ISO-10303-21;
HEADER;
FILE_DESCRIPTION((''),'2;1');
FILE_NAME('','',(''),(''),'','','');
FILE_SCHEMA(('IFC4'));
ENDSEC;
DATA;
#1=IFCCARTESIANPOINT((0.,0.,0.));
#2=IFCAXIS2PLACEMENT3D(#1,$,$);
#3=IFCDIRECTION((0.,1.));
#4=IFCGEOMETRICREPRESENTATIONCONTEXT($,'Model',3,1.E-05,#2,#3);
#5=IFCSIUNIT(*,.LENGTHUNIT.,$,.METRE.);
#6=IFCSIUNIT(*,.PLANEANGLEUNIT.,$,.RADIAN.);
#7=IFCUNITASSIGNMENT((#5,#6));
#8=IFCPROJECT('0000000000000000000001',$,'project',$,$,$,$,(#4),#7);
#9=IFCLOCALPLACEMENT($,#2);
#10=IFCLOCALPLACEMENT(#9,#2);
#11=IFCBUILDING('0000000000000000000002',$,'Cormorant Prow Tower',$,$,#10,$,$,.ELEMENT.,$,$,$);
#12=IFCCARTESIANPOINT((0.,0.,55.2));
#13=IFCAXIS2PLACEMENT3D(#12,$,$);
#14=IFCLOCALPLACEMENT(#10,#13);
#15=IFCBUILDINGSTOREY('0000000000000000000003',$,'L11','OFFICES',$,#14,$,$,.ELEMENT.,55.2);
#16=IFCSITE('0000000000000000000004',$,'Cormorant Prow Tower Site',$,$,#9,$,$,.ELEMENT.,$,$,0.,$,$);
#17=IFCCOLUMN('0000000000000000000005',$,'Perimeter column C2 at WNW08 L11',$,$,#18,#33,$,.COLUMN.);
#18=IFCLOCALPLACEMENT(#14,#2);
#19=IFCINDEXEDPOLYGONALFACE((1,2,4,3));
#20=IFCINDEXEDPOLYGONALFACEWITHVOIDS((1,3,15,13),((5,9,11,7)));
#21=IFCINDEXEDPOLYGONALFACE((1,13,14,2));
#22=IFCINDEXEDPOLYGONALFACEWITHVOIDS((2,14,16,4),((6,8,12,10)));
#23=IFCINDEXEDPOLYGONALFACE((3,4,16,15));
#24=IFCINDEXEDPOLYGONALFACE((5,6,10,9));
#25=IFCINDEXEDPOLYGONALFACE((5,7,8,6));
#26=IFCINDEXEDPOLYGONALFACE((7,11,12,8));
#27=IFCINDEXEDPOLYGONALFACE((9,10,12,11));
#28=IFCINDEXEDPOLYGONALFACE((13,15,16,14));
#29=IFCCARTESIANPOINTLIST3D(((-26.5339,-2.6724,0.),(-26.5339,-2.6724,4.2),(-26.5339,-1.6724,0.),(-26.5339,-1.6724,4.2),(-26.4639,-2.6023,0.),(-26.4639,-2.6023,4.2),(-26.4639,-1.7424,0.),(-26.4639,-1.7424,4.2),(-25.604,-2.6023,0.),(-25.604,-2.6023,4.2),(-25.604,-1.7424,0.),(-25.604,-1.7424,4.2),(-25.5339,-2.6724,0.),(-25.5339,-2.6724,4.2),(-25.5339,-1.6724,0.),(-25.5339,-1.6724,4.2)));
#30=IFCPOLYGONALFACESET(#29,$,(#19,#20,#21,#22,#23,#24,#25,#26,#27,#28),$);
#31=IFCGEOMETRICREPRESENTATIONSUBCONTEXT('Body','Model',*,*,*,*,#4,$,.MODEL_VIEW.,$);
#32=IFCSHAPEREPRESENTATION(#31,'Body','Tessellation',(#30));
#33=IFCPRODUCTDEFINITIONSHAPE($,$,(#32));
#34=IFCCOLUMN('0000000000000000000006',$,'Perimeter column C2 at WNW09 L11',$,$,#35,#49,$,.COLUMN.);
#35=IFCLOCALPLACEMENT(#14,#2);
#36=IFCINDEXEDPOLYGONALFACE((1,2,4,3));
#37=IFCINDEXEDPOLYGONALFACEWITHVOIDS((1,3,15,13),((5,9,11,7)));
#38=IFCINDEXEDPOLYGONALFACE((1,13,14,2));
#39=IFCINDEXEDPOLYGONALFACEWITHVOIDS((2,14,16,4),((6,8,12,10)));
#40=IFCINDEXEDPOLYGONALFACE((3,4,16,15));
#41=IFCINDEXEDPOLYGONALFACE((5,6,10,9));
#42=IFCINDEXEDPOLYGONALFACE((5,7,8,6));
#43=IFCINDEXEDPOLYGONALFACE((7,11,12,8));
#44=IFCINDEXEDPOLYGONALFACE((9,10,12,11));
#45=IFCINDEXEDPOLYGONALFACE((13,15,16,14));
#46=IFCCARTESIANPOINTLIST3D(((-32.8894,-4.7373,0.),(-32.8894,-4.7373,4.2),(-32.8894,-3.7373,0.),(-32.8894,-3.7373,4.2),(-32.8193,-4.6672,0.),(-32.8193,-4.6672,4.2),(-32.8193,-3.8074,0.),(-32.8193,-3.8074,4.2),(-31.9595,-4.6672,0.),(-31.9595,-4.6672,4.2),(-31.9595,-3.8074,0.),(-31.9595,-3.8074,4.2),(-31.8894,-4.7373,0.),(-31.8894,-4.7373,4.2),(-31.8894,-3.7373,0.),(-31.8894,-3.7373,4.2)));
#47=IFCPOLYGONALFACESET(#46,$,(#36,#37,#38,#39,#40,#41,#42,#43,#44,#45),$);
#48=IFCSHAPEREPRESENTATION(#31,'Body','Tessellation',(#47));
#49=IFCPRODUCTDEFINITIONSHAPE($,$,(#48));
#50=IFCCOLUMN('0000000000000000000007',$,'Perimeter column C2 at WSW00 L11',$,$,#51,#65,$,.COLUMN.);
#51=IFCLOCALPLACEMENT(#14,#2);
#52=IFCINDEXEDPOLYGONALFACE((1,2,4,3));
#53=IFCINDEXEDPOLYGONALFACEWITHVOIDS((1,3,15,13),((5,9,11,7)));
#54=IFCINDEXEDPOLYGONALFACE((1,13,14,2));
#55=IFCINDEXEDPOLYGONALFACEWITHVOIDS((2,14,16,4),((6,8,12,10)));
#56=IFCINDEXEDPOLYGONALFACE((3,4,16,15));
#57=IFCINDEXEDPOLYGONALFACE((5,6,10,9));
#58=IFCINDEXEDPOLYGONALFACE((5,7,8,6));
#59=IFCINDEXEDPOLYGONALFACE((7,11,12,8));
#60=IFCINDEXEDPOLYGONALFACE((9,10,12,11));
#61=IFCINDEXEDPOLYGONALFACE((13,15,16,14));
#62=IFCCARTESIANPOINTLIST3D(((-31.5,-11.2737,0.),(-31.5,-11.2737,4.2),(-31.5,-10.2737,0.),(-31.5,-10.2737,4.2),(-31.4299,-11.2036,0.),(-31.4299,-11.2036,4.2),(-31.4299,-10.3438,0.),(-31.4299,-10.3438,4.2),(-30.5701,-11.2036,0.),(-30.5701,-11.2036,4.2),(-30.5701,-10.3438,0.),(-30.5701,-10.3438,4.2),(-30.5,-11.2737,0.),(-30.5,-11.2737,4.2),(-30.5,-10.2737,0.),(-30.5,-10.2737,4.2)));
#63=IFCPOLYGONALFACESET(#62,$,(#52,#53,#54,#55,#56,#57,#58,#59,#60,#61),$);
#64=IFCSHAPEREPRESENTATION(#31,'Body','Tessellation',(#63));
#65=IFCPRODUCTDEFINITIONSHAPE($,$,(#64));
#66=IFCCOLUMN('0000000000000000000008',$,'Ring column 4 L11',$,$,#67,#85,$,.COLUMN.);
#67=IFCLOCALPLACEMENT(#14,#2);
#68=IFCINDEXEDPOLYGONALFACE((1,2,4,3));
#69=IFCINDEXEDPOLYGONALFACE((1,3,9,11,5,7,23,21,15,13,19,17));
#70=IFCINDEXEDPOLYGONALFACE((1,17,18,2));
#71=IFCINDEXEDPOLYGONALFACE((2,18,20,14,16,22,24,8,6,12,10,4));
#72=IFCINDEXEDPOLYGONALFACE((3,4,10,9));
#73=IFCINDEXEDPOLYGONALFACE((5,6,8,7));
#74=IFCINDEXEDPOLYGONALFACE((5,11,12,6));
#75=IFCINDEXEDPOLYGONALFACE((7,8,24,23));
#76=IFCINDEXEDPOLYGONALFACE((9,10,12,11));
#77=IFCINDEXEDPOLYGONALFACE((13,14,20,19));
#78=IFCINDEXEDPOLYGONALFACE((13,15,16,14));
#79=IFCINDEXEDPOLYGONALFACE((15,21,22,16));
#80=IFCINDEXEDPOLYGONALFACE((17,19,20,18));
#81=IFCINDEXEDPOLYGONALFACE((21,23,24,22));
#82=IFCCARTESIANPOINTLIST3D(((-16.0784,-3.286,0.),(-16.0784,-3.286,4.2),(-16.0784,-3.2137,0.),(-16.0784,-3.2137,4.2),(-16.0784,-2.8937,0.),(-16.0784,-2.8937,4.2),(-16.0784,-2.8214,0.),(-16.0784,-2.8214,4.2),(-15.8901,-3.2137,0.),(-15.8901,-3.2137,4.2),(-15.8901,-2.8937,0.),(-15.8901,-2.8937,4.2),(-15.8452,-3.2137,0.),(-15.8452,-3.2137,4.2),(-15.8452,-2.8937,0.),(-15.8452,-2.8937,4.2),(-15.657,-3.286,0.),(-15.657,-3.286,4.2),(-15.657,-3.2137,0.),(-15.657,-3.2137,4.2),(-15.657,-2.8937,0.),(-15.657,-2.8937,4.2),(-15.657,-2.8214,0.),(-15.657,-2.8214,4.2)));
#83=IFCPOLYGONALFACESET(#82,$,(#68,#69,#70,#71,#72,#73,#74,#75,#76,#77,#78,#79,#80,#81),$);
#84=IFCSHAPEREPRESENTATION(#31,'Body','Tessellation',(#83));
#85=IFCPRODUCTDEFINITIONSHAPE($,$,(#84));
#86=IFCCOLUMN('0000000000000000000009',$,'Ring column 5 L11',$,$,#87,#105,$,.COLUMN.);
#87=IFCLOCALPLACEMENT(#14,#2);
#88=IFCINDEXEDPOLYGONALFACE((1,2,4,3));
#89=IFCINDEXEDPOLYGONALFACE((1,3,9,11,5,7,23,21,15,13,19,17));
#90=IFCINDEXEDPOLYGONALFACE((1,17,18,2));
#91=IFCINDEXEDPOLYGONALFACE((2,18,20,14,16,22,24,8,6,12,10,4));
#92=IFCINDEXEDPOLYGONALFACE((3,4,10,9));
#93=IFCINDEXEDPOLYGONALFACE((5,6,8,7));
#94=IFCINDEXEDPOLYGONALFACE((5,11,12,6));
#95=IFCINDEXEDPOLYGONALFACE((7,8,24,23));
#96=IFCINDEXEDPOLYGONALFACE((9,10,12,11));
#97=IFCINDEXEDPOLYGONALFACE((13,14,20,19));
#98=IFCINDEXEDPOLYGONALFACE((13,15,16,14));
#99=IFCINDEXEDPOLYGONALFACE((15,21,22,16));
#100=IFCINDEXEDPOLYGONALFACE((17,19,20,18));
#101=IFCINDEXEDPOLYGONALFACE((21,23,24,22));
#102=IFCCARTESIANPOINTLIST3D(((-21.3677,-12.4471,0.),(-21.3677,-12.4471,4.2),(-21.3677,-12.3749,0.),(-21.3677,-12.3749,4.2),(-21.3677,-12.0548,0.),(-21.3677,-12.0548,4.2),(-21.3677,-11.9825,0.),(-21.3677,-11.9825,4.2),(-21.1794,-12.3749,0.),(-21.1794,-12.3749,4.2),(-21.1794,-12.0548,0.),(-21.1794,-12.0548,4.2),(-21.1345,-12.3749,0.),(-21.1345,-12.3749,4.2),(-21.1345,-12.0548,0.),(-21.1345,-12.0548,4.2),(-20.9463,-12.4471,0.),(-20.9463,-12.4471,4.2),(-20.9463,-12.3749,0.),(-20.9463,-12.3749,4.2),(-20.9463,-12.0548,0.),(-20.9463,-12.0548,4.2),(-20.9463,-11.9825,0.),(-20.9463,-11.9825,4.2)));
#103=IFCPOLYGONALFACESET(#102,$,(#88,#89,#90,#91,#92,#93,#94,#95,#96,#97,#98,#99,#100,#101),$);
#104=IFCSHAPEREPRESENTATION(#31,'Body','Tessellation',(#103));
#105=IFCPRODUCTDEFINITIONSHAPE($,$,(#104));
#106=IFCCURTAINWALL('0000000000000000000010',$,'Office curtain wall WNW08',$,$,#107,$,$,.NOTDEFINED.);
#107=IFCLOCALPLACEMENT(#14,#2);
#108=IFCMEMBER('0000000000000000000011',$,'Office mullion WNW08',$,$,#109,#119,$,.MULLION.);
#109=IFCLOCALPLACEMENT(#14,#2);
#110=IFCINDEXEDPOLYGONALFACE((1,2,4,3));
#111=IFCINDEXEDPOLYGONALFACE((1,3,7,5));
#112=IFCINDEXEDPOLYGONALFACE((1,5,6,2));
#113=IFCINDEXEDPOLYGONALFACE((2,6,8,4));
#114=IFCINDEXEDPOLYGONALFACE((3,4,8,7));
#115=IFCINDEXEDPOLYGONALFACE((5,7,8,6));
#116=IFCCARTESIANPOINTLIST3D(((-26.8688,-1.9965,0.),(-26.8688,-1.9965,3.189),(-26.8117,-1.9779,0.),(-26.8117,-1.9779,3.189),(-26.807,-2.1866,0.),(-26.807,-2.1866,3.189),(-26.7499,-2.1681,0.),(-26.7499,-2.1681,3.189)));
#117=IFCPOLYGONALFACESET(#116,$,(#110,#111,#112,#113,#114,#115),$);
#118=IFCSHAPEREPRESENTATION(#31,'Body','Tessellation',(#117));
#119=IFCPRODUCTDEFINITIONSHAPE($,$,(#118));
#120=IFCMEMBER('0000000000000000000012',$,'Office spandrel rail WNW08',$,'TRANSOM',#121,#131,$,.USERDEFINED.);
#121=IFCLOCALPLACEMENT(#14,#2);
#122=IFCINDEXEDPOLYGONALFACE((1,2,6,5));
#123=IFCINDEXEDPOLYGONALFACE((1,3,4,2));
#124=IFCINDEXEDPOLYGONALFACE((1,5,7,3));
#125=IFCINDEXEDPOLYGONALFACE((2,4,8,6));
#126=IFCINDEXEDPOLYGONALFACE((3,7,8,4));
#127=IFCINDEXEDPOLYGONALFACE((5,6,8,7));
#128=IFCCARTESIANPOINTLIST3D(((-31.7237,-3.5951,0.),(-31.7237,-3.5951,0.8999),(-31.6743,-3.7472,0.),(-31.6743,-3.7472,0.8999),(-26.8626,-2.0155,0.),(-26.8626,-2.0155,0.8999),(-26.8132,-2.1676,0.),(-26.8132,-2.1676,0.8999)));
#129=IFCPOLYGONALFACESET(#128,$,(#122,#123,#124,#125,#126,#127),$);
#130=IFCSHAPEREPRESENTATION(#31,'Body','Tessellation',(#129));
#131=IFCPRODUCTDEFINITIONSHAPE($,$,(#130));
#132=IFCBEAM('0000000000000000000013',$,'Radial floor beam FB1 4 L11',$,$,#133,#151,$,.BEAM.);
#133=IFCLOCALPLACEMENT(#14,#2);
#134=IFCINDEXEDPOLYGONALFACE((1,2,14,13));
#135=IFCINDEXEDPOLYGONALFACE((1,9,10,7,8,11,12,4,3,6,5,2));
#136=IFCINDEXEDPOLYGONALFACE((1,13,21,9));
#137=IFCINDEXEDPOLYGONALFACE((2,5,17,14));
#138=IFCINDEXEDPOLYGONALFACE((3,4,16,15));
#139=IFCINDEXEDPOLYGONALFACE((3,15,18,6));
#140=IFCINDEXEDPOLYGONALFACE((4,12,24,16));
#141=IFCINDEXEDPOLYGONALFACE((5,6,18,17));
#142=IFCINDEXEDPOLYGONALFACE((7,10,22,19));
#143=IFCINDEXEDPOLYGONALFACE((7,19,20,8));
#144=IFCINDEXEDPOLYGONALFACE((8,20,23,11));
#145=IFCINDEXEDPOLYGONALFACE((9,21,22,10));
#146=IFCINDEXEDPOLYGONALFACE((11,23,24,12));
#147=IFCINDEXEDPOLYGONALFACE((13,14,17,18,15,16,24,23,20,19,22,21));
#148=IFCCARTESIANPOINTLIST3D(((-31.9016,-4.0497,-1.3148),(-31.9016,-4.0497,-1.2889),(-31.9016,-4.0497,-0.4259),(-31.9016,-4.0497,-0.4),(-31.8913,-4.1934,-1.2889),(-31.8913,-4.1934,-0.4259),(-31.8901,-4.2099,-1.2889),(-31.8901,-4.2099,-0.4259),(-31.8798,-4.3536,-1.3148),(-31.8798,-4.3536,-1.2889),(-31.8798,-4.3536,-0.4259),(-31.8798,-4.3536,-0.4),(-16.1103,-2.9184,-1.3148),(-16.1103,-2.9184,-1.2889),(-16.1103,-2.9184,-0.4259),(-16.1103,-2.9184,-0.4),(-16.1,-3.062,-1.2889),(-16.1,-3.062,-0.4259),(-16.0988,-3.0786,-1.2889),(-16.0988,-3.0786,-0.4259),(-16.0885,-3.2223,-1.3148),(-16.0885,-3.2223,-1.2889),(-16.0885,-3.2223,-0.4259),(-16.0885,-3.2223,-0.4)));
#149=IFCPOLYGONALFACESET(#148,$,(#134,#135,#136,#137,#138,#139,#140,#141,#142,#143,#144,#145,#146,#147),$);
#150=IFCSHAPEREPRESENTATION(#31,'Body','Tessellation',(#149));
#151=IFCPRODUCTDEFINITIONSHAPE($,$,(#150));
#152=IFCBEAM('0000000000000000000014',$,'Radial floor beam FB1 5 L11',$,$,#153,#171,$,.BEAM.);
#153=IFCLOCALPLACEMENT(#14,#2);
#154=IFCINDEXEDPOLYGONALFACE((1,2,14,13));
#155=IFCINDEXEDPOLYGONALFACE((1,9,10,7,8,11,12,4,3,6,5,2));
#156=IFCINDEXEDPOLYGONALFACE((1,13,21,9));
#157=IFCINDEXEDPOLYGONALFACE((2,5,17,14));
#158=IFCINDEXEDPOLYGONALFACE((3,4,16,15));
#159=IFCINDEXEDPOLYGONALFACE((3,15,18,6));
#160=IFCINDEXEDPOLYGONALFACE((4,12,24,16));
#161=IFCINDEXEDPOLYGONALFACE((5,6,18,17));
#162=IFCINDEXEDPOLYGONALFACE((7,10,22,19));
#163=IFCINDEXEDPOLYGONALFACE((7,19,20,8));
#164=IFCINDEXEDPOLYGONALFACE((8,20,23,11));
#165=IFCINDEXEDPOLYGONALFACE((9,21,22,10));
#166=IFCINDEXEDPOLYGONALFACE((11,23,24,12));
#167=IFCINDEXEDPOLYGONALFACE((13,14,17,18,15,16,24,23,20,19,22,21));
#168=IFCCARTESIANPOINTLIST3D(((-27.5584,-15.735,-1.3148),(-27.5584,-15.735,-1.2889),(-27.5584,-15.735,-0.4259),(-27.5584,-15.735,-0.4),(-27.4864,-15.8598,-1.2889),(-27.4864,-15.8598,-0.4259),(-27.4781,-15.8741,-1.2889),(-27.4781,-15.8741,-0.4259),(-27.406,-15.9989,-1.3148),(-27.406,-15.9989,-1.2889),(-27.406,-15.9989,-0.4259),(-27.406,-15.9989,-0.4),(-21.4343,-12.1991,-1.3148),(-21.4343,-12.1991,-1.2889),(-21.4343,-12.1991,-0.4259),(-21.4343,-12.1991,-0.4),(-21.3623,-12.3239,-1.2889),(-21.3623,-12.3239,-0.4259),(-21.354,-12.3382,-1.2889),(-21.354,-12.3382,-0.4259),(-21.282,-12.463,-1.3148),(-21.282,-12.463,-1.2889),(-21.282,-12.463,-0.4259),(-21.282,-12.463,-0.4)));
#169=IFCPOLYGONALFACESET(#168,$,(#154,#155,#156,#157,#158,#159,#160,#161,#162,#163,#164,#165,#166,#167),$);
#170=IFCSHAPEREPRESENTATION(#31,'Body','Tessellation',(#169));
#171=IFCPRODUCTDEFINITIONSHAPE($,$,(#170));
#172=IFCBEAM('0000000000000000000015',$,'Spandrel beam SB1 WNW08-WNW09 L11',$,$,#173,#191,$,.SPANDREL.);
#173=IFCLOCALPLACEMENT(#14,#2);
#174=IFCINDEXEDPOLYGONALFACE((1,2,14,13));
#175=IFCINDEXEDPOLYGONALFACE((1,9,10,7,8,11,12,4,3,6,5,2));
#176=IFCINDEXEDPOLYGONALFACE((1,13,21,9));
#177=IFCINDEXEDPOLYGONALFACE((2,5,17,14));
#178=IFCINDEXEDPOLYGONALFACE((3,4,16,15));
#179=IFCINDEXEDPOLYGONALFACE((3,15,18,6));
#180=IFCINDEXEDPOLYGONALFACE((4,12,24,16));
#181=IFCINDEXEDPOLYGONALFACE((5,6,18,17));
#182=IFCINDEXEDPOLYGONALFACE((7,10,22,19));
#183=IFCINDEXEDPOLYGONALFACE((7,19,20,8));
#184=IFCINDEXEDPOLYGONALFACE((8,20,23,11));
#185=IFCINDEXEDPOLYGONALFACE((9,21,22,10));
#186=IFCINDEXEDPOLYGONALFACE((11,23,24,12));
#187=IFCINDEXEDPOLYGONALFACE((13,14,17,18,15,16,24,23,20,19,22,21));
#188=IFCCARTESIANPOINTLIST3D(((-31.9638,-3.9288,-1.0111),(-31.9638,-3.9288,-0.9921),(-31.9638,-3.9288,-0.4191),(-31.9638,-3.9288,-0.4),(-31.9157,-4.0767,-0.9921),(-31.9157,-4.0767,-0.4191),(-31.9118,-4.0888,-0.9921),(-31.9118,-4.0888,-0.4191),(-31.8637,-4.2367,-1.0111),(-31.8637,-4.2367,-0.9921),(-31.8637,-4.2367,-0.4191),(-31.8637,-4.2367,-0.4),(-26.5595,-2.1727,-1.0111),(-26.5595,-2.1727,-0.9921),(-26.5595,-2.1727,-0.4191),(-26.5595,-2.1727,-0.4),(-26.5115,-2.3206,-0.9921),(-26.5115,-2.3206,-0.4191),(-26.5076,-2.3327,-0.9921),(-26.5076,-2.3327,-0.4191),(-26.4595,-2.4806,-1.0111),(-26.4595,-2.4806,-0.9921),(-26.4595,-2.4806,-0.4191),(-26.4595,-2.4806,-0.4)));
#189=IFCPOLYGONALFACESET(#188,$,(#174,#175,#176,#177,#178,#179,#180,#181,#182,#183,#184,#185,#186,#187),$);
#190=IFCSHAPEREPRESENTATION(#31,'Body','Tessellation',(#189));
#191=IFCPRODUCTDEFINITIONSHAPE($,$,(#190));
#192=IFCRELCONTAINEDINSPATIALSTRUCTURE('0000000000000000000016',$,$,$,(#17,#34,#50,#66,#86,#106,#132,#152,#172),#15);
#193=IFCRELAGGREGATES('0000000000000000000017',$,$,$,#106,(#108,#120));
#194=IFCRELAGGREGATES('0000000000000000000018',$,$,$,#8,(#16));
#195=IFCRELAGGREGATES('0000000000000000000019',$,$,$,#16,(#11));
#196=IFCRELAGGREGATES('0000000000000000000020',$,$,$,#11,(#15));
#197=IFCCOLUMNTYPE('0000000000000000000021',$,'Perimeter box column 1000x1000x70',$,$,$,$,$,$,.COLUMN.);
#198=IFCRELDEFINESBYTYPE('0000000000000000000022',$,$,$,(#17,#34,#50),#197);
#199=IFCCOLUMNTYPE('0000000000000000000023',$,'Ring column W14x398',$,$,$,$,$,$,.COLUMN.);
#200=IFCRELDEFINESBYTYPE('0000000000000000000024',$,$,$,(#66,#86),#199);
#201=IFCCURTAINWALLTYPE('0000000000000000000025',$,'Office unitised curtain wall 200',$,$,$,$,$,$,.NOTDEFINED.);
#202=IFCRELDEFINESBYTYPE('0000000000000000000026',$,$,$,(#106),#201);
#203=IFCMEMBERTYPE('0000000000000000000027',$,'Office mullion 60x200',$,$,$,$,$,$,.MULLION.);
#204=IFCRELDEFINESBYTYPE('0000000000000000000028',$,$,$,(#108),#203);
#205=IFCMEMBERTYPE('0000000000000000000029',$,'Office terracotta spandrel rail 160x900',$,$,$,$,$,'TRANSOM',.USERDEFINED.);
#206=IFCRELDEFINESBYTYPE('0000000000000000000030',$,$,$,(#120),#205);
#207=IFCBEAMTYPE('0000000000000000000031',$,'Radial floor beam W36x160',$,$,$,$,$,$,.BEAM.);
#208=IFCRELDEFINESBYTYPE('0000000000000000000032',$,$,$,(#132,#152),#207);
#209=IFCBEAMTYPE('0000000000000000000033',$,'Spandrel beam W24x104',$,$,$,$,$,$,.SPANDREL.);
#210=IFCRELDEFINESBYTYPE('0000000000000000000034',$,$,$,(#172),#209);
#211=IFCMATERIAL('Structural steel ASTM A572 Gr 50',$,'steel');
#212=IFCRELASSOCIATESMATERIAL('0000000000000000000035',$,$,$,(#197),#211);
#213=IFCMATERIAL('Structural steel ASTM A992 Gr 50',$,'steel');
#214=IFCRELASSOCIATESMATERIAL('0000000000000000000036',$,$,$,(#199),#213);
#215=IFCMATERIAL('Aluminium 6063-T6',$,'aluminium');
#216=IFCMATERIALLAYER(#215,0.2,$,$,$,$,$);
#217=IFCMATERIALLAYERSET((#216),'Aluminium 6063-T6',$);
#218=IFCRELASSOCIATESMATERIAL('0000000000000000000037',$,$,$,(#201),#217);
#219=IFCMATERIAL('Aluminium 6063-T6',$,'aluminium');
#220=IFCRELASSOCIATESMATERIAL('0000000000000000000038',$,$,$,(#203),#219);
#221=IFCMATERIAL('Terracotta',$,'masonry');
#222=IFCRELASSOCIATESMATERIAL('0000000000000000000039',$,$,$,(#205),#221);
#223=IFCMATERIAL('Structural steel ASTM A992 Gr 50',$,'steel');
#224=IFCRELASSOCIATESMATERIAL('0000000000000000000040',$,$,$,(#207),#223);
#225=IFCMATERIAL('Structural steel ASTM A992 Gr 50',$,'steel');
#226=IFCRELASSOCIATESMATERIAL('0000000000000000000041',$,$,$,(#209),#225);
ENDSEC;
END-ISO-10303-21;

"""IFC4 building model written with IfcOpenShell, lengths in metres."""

from ifc_helpers import new_model, si_unit, direction, frame, origin, origin_2d, place, context, subcontext, project, spatial, rectangle, hollow_rectangle, i_section, extrude, material, layer, layer_set, material_profile, profile_set, type_object, element, aggregate, save


model = new_model("IFC4")

# Units and contexts
model_context = context("Model", 3, precision=1e-05, world=origin(), true_north=direction((0.0, 1.0)))
body_context = subcontext(model_context, "Body", "Model", "MODEL_VIEW")
ifc_project = project(units=[si_unit("LENGTHUNIT", "METRE"), si_unit("PLANEANGLEUNIT", "RADIAN")], contexts=[model_context])

# Site, building, storey
site_placement = place(None, origin())
site = spatial("IfcSite", under=ifc_project, at=site_placement, Name="Cormorant Prow Tower Site", CompositionType="ELEMENT", RefElevation=0.0)
building_placement = place(site_placement, origin())
building = spatial("IfcBuilding", under=site, at=building_placement, Name="Cormorant Prow Tower", CompositionType="ELEMENT")
storey_placement = place(building_placement, frame((0.0, 0.0, 55.2)))
storey = spatial("IfcBuildingStorey", under=building, at=storey_placement, Name="L11", Description="OFFICES", CompositionType="ELEMENT", Elevation=55.2)

# Columns
ifc_material_1 = material(Name="Structural steel ASTM A572 Gr 50", Category="steel")
ifc_material_profile_1 = material_profile(ifc_material_1, hollow_rectangle(XDim=1.0, YDim=1.0, WallThickness=0.0701, at=origin_2d()), Name="Box 1000x1000x70")
ifc_profile_set_1 = profile_set([ifc_material_profile_1], Name="Structural steel ASTM A572 Gr 50")
column_type_1 = type_object("IfcColumnType", Name="Perimeter box column 1000x1000x70", PredefinedType="COLUMN", material=ifc_profile_set_1)
for number, where, z_axis, x_axis, name in (
    (1, (-26.0339, -2.1724, 0.0), (0.0, 0.0, 1.0), (1.0, 0.0, 0.0), "Perimeter column C2 at WNW08 L11"),
    (2, (-32.3894, -4.2373, 0.0), (0.0, 0.0, 1.0), (1.0, 0.0, 0.0), "Perimeter column C2 at WNW09 L11"),
    (3, (-31.0, -10.7737, 0.0), (0.0, 0.0, 1.0), (1.0, 0.0, 0.0), "Perimeter column C2 at WSW00 L11"),
):
    element("IfcColumn", number, at=place(storey_placement, frame(where, z_axis=z_axis, x_axis=x_axis)), inside=storey, type_object=column_type_1, Name=name, PredefinedType="COLUMN", context=body_context, shape_type="SweptSolid", body=[
        extrude(hollow_rectangle(XDim=1.0, YDim=1.0, WallThickness=0.0701, at=origin_2d()), origin(), (0.0, 0.0, 1.0), 4.2),
    ])
ifc_material_2 = material(Name="Structural steel ASTM A992 Gr 50", Category="steel")
ifc_material_profile_2 = material_profile(ifc_material_2, i_section(OverallWidth=0.4214, OverallDepth=0.4646, WebThickness=0.0449, FlangeThickness=0.0723, at=origin_2d()), Name="W14x398")
ifc_profile_set_2 = profile_set([ifc_material_profile_2], Name="Structural steel ASTM A992 Gr 50")
column_type_2 = type_object("IfcColumnType", Name="Ring column W14x398", PredefinedType="COLUMN", material=ifc_profile_set_2)
for number, where, z_axis, x_axis, name in (
    (4, (-15.8677, -3.0537, 0.0), (0.0, 0.0, 1.0), (1.0, 0.0, 0.0), "Ring column 4 L11"),
    (5, (-21.157, -12.2148, 0.0), (0.0, 0.0, 1.0), (1.0, 0.0, 0.0), "Ring column 5 L11"),
):
    element("IfcColumn", number, at=place(storey_placement, frame(where, z_axis=z_axis, x_axis=x_axis)), inside=storey, type_object=column_type_2, Name=name, PredefinedType="COLUMN", context=body_context, shape_type="SweptSolid", body=[
        extrude(i_section(OverallWidth=0.4214, OverallDepth=0.4646, WebThickness=0.0449, FlangeThickness=0.0723, at=origin_2d()), origin(), (0.0, 0.0, 1.0), 4.2),
    ])

# Curtain wall, members
ifc_material_3 = material(Name="Aluminium 6063-T6", Category="aluminium")
ifc_layer_1 = layer(ifc_material_3, 0.2)
ifc_layer_set_1 = layer_set([ifc_layer_1], Name="Aluminium 6063-T6")
curtain_wall_type = type_object("IfcCurtainWallType", Name="Office unitised curtain wall 200", PredefinedType="NOTDEFINED", material=ifc_layer_set_1)
curtain_wall_placement = place(storey_placement, origin())
curtain_wall = element("IfcCurtainWall", 6, at=curtain_wall_placement, inside=storey, type_object=curtain_wall_type, Name="Office curtain wall WNW08", PredefinedType="NOTDEFINED")
ifc_material_4 = material(Name="Aluminium 6063-T6", Category="aluminium")
ifc_material_profile_3 = material_profile(ifc_material_4, rectangle(XDim=0.2, YDim=0.0601, at=origin_2d()), Name="Office mullion 60x200")
ifc_profile_set_3 = profile_set([ifc_material_profile_3], Name="Aluminium 6063-T6")
member_type_1 = type_object("IfcMemberType", Name="Office mullion 60x200", PredefinedType="MULLION", material=ifc_profile_set_3)
member_1_placement = place(storey_placement, frame((-26.8093, -2.0823, 0.0), z_axis=(0.0, 0.0, 1.0), x_axis=(0.309017, -0.951057, 0.0)))
member_1 = element("IfcMember", 7, at=member_1_placement, type_object=member_type_1, Name="Office mullion WNW08", PredefinedType="MULLION", context=body_context, shape_type="SweptSolid", body=[
    extrude(rectangle(XDim=0.2, YDim=0.0601, at=origin_2d()), origin(), (0.0, 0.0, 1.0), 3.189),
])
ifc_material_5 = material(Name="Terracotta", Category="masonry")
ifc_material_profile_4 = material_profile(ifc_material_5, rectangle(XDim=0.1599, YDim=0.8999, at=origin_2d()), Name="Office terracotta spandrel rail 160x900")
ifc_profile_set_4 = profile_set([ifc_material_profile_4], Name="Terracotta")
member_type_2 = type_object("IfcMemberType", Name="Office terracotta spandrel rail 160x900", ElementType="TRANSOM", PredefinedType="USERDEFINED", material=ifc_profile_set_4)
member_2_placement = place(storey_placement, frame((-26.8379, -2.0916, 0.45), z_axis=(-0.951049, -0.30904, 0.0), x_axis=(0.30904, -0.951049, 0.0)))
member_2 = element("IfcMember", 8, at=member_2_placement, type_object=member_type_2, Name="Office spandrel rail WNW08", ObjectType="TRANSOM", PredefinedType="USERDEFINED", context=body_context, shape_type="SweptSolid", body=[
    extrude(rectangle(XDim=0.1599, YDim=0.8999, at=origin_2d()), origin(), (0.0, 0.0, 1.0), 5.1113),
])

# Beams
ifc_material_6 = material(Name="Structural steel ASTM A992 Gr 50", Category="steel")
ifc_material_profile_5 = material_profile(ifc_material_6, i_section(OverallWidth=0.3047, OverallDepth=0.9148, WebThickness=0.0166, FlangeThickness=0.0259, at=origin_2d()), Name="W36x160")
ifc_profile_set_5 = profile_set([ifc_material_profile_5], Name="Structural steel ASTM A992 Gr 50")
beam_type_1 = type_object("IfcBeamType", Name="Radial floor beam W36x160", PredefinedType="BEAM", material=ifc_profile_set_5)
beam_1_placement = place(storey_placement, frame((-16.0994, -3.0703, -0.8574), z_axis=(-0.997443, -0.071461, 0.0), x_axis=(0.071461, -0.997443, 0.0)))
element("IfcBeam", 9, at=beam_1_placement, inside=storey, type_object=beam_type_1, Name="Radial floor beam FB1 4 L11", PredefinedType="BEAM", context=body_context, shape_type="SweptSolid", body=[
    extrude(i_section(OverallWidth=0.3047, OverallDepth=0.9148, WebThickness=0.0166, FlangeThickness=0.0259, at=origin_2d()), origin(), (0.0, 0.0, 1.0), 15.8318),
])
beam_2_placement = place(storey_placement, frame((-21.3582, -12.3311, -0.8574), z_axis=(-0.866014, -0.500019, 0.0), x_axis=(0.500019, -0.866014, 0.0)))
element("IfcBeam", 10, at=beam_2_placement, inside=storey, type_object=beam_type_1, Name="Radial floor beam FB1 5 L11", PredefinedType="BEAM", context=body_context, shape_type="SweptSolid", body=[
    extrude(i_section(OverallWidth=0.3047, OverallDepth=0.9148, WebThickness=0.0166, FlangeThickness=0.0259, at=origin_2d()), origin(), (0.0, 0.0, 1.0), 7.0715),
])
ifc_material_7 = material(Name="Structural steel ASTM A992 Gr 50", Category="steel")
ifc_material_profile_6 = material_profile(ifc_material_7, i_section(OverallWidth=0.3237, OverallDepth=0.6111, WebThickness=0.0127, FlangeThickness=0.019, at=origin_2d()), Name="W24x104")
ifc_profile_set_6 = profile_set([ifc_material_profile_6], Name="Structural steel ASTM A992 Gr 50")
beam_type_2 = type_object("IfcBeamType", Name="Spandrel beam W24x104", PredefinedType="SPANDREL", material=ifc_profile_set_6)
beam_3_placement = place(storey_placement, frame((-26.5095, -2.3267, -0.7056), z_axis=(-0.951049, -0.309039, 0.0), x_axis=(0.309039, -0.951049, 0.0)))
element("IfcBeam", 11, at=beam_3_placement, inside=storey, type_object=beam_type_2, Name="Spandrel beam SB1 WNW08-WNW09 L11", PredefinedType="SPANDREL", context=body_context, shape_type="SweptSolid", body=[
    extrude(i_section(OverallWidth=0.3237, OverallDepth=0.6111, WebThickness=0.0127, FlangeThickness=0.019, at=origin_2d()), origin(), (0.0, 0.0, 1.0), 5.6824),
])

aggregate(curtain_wall, [member_1, member_2])

save(model, "model.ifc")
